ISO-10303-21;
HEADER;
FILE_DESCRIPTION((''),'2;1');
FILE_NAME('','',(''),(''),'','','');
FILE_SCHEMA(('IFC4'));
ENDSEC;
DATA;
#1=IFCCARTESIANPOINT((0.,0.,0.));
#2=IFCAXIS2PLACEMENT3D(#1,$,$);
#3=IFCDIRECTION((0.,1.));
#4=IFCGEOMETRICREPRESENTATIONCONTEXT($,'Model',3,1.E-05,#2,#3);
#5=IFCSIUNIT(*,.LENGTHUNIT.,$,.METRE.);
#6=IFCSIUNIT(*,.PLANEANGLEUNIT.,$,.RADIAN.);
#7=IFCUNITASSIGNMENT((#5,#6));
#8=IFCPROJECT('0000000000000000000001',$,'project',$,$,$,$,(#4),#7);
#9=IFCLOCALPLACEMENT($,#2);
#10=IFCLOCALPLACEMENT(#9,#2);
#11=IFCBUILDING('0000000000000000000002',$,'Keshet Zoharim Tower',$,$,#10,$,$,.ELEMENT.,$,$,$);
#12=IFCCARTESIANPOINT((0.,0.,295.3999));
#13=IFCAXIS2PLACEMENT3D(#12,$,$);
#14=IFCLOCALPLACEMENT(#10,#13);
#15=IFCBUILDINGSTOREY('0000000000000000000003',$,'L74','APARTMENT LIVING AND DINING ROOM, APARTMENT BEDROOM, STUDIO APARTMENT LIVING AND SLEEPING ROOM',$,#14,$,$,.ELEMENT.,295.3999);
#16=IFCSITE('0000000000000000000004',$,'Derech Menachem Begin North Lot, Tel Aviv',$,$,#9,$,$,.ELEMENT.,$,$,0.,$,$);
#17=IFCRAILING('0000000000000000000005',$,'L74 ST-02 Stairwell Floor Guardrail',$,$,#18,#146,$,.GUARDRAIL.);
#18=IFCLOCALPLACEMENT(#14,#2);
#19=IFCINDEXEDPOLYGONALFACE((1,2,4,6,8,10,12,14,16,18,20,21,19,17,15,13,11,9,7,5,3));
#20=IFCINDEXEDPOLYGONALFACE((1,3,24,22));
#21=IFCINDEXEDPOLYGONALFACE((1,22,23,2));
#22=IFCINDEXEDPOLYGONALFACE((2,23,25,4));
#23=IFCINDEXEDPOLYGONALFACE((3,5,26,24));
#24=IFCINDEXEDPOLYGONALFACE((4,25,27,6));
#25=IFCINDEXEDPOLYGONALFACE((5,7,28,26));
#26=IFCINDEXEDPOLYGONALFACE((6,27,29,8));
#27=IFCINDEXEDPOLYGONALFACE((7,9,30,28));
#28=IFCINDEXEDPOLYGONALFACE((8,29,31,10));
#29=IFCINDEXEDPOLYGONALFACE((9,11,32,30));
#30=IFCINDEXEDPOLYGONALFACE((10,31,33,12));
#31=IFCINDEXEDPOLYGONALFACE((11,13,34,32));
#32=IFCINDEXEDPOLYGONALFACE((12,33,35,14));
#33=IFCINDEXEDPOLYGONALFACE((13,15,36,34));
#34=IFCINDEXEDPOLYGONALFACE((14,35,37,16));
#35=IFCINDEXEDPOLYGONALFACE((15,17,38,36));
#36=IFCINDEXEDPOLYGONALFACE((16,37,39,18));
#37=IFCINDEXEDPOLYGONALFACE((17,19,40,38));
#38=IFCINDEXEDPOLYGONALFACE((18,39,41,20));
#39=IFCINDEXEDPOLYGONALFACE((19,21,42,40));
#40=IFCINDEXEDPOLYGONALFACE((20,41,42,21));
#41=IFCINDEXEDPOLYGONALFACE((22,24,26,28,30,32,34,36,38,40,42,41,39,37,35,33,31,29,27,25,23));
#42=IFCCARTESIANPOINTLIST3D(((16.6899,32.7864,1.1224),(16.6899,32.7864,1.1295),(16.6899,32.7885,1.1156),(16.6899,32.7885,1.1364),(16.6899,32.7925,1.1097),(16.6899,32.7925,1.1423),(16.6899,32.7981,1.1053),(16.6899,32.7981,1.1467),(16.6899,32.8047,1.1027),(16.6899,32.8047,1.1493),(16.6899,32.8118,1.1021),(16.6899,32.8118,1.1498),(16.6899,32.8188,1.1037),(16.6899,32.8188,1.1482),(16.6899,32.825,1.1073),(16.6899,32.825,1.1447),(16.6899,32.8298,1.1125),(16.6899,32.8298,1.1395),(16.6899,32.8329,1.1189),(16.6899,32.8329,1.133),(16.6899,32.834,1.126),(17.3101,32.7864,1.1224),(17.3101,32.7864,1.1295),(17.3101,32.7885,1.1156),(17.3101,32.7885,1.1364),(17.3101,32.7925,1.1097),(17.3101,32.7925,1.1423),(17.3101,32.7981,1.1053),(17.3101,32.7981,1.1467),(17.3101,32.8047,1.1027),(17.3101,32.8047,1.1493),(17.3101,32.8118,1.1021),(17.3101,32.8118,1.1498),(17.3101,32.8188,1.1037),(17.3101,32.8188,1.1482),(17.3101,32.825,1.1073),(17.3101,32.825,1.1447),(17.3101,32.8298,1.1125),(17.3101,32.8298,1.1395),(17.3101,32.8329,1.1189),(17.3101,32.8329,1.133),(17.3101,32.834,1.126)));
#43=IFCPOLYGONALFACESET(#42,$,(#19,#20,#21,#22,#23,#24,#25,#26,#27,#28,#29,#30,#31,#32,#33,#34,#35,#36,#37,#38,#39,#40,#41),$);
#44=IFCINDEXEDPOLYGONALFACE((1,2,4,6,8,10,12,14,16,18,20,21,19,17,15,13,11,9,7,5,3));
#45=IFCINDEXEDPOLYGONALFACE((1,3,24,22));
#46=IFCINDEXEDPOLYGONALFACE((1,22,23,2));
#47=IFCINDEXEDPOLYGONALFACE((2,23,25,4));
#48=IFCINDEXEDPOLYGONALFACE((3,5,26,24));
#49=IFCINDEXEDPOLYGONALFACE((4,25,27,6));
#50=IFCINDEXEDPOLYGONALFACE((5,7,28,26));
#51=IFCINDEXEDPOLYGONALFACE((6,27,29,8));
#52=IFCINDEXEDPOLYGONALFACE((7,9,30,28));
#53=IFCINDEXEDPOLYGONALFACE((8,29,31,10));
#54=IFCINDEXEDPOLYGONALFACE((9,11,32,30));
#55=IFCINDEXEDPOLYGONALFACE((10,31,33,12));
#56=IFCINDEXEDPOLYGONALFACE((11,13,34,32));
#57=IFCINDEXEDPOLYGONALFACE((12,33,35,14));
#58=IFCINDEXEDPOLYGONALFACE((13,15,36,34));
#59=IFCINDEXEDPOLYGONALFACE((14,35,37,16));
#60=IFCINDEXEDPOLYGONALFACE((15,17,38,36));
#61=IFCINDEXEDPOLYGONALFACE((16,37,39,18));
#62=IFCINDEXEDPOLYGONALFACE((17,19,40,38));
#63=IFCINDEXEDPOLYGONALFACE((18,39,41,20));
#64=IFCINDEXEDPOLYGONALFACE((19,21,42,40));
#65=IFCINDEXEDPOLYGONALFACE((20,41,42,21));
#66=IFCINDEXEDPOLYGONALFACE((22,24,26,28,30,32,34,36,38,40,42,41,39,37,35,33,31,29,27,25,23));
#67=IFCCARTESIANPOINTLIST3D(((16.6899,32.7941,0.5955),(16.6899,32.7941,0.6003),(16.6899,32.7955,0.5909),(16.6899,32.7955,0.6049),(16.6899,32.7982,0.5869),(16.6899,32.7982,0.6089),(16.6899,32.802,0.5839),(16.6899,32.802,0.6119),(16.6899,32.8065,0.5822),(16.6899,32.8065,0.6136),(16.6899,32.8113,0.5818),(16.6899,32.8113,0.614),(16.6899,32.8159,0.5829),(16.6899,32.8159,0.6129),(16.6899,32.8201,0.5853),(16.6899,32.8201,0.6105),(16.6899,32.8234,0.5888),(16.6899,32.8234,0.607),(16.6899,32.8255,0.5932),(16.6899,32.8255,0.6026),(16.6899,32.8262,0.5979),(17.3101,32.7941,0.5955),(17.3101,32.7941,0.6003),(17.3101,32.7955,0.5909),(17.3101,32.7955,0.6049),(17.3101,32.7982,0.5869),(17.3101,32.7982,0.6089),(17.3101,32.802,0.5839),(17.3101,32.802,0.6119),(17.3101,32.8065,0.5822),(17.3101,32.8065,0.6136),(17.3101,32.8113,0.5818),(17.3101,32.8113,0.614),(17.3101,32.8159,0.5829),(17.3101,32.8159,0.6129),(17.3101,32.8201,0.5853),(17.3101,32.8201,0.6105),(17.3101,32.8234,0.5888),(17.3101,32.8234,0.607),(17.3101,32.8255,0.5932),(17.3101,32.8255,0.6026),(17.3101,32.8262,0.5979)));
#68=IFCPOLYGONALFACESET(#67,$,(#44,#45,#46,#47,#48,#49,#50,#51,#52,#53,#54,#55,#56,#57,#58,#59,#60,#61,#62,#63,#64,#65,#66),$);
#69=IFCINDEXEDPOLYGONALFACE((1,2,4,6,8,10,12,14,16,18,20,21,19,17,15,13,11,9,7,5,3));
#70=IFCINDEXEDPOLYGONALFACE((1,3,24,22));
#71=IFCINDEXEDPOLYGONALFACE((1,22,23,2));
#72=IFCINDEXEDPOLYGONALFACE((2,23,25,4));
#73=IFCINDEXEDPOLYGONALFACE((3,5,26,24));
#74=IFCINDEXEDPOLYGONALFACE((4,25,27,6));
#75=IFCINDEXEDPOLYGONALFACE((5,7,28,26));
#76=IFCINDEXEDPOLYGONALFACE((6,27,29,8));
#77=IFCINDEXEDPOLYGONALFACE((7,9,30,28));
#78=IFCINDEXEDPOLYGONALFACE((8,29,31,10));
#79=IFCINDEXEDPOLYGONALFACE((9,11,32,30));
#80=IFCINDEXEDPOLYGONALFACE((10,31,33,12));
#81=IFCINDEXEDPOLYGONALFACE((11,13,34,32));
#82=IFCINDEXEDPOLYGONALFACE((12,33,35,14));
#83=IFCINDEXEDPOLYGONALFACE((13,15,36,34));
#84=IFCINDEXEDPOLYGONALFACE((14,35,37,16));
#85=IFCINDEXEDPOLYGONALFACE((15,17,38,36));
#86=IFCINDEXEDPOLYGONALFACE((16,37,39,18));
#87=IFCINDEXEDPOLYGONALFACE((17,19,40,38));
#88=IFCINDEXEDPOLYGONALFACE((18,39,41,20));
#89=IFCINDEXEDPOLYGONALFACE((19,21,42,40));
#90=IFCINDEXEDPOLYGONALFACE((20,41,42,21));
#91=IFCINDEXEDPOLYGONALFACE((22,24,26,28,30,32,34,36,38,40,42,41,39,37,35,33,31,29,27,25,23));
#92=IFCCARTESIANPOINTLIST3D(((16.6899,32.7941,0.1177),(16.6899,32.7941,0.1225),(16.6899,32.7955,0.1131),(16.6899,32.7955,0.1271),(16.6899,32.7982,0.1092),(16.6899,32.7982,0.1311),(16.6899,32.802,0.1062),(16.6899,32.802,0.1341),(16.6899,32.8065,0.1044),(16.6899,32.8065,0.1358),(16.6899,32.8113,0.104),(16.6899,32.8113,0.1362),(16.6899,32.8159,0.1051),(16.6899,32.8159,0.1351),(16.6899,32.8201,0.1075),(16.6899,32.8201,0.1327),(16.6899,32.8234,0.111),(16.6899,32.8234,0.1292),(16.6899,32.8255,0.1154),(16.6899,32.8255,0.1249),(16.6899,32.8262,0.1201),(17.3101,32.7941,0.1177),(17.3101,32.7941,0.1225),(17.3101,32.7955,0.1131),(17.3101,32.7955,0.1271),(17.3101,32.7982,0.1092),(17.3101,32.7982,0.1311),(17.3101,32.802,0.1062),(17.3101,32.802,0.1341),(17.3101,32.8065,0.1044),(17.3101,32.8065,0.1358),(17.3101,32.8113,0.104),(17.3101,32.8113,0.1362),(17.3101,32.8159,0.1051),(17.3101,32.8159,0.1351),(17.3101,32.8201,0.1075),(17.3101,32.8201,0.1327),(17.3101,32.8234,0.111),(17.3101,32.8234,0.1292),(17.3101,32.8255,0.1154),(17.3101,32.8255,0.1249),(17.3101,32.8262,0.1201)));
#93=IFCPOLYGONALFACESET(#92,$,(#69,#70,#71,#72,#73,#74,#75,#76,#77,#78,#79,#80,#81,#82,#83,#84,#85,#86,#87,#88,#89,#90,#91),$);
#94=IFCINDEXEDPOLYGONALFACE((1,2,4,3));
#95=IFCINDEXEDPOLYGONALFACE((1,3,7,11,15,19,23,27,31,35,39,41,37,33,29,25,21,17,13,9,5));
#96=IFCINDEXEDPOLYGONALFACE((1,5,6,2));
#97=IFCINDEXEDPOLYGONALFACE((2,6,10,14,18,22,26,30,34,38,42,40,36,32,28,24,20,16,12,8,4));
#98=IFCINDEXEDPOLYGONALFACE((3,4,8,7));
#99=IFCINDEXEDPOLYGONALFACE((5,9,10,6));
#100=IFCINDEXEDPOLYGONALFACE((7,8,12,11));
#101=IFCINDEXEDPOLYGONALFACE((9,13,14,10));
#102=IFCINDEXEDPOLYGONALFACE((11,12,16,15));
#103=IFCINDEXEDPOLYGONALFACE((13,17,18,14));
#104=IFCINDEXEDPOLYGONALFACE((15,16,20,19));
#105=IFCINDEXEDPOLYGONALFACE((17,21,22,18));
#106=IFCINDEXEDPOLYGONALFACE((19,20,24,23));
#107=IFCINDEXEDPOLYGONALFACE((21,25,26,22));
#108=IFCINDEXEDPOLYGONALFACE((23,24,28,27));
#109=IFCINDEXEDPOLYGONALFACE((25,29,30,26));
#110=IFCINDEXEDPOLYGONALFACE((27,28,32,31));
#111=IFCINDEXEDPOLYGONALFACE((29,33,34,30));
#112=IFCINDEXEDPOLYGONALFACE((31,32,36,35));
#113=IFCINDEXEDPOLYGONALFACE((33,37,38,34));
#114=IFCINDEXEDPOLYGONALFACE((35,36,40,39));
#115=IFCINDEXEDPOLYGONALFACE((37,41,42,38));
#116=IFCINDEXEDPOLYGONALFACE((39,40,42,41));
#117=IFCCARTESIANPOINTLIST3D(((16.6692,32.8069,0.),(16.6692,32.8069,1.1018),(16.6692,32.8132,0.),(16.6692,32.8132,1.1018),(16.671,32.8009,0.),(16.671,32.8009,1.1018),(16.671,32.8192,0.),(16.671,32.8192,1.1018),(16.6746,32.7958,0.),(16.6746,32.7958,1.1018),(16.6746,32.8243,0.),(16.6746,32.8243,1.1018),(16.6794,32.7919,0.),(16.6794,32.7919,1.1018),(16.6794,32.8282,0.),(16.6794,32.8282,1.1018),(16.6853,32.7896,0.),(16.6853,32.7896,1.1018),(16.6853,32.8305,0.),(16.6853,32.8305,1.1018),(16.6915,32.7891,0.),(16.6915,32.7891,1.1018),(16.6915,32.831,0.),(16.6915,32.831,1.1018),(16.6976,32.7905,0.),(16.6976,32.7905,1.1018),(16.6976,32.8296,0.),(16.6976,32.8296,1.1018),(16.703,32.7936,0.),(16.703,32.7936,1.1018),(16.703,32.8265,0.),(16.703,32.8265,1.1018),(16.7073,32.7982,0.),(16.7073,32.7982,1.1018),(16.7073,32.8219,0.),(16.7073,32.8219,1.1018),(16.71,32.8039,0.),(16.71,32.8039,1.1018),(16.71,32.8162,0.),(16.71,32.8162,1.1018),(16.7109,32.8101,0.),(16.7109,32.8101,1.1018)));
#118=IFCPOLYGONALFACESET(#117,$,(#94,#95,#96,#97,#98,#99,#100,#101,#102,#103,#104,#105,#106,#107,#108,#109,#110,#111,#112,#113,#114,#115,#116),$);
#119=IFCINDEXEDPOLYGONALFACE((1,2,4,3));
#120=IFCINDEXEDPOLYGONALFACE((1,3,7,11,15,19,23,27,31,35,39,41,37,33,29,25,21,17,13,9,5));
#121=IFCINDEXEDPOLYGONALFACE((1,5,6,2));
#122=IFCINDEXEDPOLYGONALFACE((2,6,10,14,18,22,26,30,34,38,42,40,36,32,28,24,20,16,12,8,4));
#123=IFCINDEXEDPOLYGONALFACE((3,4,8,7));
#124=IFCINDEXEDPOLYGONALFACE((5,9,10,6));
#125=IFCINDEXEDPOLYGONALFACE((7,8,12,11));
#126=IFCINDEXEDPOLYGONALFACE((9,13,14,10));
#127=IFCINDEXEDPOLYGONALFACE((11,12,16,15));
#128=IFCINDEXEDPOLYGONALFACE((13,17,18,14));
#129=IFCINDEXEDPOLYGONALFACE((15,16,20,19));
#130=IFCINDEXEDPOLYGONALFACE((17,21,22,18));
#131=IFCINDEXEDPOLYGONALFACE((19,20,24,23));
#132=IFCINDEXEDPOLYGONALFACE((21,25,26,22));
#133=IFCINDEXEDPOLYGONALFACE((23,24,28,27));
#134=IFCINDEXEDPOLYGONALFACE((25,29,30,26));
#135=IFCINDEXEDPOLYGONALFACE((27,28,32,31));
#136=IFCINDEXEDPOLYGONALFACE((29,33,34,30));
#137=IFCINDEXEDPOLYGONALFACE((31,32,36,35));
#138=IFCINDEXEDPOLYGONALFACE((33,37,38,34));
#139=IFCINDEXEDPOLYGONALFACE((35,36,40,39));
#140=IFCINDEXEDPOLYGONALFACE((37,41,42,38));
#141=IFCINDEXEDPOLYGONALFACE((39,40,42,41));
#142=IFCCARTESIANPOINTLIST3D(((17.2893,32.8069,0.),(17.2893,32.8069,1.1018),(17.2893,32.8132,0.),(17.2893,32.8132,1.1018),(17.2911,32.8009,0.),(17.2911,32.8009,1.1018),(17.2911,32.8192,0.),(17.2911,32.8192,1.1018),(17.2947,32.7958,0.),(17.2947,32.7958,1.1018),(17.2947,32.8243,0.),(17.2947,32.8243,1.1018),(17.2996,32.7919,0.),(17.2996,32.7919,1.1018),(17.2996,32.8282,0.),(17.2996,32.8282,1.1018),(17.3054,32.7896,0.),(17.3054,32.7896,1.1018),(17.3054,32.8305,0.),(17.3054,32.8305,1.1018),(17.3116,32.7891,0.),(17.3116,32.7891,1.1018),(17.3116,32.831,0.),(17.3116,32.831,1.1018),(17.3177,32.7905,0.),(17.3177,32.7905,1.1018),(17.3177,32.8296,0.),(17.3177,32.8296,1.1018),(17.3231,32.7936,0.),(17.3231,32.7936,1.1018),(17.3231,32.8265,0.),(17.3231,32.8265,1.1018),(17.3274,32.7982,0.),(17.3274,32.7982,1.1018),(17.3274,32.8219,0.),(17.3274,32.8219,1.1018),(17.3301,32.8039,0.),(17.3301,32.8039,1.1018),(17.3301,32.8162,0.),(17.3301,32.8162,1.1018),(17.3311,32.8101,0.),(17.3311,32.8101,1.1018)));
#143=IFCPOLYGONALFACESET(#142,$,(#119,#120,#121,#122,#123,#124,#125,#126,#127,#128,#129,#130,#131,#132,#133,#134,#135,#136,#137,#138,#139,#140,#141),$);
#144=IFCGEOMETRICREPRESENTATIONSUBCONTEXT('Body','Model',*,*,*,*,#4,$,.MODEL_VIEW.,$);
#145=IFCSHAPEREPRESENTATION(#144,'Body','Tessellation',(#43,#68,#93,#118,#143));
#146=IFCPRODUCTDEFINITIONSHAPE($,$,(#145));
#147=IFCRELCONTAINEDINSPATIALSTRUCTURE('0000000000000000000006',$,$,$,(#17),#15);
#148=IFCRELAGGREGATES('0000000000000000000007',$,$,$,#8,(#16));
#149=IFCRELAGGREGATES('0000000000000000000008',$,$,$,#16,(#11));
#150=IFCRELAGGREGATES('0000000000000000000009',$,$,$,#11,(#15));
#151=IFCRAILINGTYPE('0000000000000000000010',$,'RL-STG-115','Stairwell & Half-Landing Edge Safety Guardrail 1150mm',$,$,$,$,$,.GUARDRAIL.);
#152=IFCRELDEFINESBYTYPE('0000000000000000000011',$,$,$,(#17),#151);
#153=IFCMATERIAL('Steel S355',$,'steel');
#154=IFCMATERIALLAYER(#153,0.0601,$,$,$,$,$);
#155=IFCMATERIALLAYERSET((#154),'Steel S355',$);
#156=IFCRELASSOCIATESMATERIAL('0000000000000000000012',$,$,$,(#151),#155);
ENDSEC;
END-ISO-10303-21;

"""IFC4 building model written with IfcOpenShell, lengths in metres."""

from ifc_helpers import new_model, si_unit, direction, frame, origin, origin_2d, place, context, subcontext, project, spatial, circle, extrude, material, layer, layer_set, type_object, element, save


model = new_model("IFC4")

# Units and contexts
model_context = context("Model", 3, precision=1e-05, world=origin(), true_north=direction((0.0, 1.0)))
body_context = subcontext(model_context, "Body", "Model", "MODEL_VIEW")
ifc_project = project(units=[si_unit("LENGTHUNIT", "METRE"), si_unit("PLANEANGLEUNIT", "RADIAN")], contexts=[model_context])

# Site, building, storey
site_placement = place(None, origin())
site = spatial("IfcSite", under=ifc_project, at=site_placement, Name="Derech Menachem Begin North Lot, Tel Aviv", CompositionType="ELEMENT", RefElevation=0.0)
building_placement = place(site_placement, origin())
building = spatial("IfcBuilding", under=site, at=building_placement, Name="Keshet Zoharim Tower", CompositionType="ELEMENT")
storey_placement = place(building_placement, frame((0.0, 0.0, 295.3999)))
storey = spatial("IfcBuildingStorey", under=building, at=storey_placement, Name="L74", Description="APARTMENT LIVING AND DINING ROOM, APARTMENT BEDROOM, STUDIO APARTMENT LIVING AND SLEEPING ROOM", CompositionType="ELEMENT", Elevation=295.3999)

# Shared definitions
ifc_material_1 = material(Name="Steel S355", Category="steel")

# Railing
ifc_layer_1 = layer(ifc_material_1, 0.0601)
ifc_layer_set_1 = layer_set([ifc_layer_1], Name="Steel S355")
railing_type_1 = type_object("IfcRailingType", Name="RL-STG-115", Description="Stairwell & Half-Landing Edge Safety Guardrail 1150mm", PredefinedType="GUARDRAIL", material=ifc_layer_set_1)
railing_1_placement = place(storey_placement, frame((16.6899, 32.8101, 0.0)))
element("IfcRailing", 1, at=railing_1_placement, inside=storey, type_object=railing_type_1, Name="L74 ST-02 Stairwell Floor Guardrail", PredefinedType="GUARDRAIL", context=body_context, shape_type="SweptSolid", body=[
    extrude(circle(Radius=0.0239, at=origin_2d()), frame((0.0, 0.0, 1.126), z_axis=(1.0, 0.0, 0.0), x_axis=(0.0, 1.0, 0.0)), (0.0, 0.0, 1.0), 0.6201),
    extrude(circle(Radius=0.0161, at=origin_2d()), frame((0.0, 0.0, 0.5979), z_axis=(1.0, 0.0, 0.0), x_axis=(0.0, 1.0, 0.0)), (0.0, 0.0, 1.0), 0.6201),
    extrude(circle(Radius=0.0161, at=origin_2d()), frame((0.0, 0.0, 0.1201), z_axis=(1.0, 0.0, 0.0), x_axis=(0.0, 1.0, 0.0)), (0.0, 0.0, 1.0), 0.6201),
    extrude(circle(Radius=0.021, at=origin_2d()), origin(), (0.0, 0.0, 1.0), 1.1018),
    extrude(circle(Radius=0.021, at=origin_2d()), frame((0.6201, 0.0, 0.0)), (0.0, 0.0, 1.0), 1.1018),
])

save(model, "model.ifc")
